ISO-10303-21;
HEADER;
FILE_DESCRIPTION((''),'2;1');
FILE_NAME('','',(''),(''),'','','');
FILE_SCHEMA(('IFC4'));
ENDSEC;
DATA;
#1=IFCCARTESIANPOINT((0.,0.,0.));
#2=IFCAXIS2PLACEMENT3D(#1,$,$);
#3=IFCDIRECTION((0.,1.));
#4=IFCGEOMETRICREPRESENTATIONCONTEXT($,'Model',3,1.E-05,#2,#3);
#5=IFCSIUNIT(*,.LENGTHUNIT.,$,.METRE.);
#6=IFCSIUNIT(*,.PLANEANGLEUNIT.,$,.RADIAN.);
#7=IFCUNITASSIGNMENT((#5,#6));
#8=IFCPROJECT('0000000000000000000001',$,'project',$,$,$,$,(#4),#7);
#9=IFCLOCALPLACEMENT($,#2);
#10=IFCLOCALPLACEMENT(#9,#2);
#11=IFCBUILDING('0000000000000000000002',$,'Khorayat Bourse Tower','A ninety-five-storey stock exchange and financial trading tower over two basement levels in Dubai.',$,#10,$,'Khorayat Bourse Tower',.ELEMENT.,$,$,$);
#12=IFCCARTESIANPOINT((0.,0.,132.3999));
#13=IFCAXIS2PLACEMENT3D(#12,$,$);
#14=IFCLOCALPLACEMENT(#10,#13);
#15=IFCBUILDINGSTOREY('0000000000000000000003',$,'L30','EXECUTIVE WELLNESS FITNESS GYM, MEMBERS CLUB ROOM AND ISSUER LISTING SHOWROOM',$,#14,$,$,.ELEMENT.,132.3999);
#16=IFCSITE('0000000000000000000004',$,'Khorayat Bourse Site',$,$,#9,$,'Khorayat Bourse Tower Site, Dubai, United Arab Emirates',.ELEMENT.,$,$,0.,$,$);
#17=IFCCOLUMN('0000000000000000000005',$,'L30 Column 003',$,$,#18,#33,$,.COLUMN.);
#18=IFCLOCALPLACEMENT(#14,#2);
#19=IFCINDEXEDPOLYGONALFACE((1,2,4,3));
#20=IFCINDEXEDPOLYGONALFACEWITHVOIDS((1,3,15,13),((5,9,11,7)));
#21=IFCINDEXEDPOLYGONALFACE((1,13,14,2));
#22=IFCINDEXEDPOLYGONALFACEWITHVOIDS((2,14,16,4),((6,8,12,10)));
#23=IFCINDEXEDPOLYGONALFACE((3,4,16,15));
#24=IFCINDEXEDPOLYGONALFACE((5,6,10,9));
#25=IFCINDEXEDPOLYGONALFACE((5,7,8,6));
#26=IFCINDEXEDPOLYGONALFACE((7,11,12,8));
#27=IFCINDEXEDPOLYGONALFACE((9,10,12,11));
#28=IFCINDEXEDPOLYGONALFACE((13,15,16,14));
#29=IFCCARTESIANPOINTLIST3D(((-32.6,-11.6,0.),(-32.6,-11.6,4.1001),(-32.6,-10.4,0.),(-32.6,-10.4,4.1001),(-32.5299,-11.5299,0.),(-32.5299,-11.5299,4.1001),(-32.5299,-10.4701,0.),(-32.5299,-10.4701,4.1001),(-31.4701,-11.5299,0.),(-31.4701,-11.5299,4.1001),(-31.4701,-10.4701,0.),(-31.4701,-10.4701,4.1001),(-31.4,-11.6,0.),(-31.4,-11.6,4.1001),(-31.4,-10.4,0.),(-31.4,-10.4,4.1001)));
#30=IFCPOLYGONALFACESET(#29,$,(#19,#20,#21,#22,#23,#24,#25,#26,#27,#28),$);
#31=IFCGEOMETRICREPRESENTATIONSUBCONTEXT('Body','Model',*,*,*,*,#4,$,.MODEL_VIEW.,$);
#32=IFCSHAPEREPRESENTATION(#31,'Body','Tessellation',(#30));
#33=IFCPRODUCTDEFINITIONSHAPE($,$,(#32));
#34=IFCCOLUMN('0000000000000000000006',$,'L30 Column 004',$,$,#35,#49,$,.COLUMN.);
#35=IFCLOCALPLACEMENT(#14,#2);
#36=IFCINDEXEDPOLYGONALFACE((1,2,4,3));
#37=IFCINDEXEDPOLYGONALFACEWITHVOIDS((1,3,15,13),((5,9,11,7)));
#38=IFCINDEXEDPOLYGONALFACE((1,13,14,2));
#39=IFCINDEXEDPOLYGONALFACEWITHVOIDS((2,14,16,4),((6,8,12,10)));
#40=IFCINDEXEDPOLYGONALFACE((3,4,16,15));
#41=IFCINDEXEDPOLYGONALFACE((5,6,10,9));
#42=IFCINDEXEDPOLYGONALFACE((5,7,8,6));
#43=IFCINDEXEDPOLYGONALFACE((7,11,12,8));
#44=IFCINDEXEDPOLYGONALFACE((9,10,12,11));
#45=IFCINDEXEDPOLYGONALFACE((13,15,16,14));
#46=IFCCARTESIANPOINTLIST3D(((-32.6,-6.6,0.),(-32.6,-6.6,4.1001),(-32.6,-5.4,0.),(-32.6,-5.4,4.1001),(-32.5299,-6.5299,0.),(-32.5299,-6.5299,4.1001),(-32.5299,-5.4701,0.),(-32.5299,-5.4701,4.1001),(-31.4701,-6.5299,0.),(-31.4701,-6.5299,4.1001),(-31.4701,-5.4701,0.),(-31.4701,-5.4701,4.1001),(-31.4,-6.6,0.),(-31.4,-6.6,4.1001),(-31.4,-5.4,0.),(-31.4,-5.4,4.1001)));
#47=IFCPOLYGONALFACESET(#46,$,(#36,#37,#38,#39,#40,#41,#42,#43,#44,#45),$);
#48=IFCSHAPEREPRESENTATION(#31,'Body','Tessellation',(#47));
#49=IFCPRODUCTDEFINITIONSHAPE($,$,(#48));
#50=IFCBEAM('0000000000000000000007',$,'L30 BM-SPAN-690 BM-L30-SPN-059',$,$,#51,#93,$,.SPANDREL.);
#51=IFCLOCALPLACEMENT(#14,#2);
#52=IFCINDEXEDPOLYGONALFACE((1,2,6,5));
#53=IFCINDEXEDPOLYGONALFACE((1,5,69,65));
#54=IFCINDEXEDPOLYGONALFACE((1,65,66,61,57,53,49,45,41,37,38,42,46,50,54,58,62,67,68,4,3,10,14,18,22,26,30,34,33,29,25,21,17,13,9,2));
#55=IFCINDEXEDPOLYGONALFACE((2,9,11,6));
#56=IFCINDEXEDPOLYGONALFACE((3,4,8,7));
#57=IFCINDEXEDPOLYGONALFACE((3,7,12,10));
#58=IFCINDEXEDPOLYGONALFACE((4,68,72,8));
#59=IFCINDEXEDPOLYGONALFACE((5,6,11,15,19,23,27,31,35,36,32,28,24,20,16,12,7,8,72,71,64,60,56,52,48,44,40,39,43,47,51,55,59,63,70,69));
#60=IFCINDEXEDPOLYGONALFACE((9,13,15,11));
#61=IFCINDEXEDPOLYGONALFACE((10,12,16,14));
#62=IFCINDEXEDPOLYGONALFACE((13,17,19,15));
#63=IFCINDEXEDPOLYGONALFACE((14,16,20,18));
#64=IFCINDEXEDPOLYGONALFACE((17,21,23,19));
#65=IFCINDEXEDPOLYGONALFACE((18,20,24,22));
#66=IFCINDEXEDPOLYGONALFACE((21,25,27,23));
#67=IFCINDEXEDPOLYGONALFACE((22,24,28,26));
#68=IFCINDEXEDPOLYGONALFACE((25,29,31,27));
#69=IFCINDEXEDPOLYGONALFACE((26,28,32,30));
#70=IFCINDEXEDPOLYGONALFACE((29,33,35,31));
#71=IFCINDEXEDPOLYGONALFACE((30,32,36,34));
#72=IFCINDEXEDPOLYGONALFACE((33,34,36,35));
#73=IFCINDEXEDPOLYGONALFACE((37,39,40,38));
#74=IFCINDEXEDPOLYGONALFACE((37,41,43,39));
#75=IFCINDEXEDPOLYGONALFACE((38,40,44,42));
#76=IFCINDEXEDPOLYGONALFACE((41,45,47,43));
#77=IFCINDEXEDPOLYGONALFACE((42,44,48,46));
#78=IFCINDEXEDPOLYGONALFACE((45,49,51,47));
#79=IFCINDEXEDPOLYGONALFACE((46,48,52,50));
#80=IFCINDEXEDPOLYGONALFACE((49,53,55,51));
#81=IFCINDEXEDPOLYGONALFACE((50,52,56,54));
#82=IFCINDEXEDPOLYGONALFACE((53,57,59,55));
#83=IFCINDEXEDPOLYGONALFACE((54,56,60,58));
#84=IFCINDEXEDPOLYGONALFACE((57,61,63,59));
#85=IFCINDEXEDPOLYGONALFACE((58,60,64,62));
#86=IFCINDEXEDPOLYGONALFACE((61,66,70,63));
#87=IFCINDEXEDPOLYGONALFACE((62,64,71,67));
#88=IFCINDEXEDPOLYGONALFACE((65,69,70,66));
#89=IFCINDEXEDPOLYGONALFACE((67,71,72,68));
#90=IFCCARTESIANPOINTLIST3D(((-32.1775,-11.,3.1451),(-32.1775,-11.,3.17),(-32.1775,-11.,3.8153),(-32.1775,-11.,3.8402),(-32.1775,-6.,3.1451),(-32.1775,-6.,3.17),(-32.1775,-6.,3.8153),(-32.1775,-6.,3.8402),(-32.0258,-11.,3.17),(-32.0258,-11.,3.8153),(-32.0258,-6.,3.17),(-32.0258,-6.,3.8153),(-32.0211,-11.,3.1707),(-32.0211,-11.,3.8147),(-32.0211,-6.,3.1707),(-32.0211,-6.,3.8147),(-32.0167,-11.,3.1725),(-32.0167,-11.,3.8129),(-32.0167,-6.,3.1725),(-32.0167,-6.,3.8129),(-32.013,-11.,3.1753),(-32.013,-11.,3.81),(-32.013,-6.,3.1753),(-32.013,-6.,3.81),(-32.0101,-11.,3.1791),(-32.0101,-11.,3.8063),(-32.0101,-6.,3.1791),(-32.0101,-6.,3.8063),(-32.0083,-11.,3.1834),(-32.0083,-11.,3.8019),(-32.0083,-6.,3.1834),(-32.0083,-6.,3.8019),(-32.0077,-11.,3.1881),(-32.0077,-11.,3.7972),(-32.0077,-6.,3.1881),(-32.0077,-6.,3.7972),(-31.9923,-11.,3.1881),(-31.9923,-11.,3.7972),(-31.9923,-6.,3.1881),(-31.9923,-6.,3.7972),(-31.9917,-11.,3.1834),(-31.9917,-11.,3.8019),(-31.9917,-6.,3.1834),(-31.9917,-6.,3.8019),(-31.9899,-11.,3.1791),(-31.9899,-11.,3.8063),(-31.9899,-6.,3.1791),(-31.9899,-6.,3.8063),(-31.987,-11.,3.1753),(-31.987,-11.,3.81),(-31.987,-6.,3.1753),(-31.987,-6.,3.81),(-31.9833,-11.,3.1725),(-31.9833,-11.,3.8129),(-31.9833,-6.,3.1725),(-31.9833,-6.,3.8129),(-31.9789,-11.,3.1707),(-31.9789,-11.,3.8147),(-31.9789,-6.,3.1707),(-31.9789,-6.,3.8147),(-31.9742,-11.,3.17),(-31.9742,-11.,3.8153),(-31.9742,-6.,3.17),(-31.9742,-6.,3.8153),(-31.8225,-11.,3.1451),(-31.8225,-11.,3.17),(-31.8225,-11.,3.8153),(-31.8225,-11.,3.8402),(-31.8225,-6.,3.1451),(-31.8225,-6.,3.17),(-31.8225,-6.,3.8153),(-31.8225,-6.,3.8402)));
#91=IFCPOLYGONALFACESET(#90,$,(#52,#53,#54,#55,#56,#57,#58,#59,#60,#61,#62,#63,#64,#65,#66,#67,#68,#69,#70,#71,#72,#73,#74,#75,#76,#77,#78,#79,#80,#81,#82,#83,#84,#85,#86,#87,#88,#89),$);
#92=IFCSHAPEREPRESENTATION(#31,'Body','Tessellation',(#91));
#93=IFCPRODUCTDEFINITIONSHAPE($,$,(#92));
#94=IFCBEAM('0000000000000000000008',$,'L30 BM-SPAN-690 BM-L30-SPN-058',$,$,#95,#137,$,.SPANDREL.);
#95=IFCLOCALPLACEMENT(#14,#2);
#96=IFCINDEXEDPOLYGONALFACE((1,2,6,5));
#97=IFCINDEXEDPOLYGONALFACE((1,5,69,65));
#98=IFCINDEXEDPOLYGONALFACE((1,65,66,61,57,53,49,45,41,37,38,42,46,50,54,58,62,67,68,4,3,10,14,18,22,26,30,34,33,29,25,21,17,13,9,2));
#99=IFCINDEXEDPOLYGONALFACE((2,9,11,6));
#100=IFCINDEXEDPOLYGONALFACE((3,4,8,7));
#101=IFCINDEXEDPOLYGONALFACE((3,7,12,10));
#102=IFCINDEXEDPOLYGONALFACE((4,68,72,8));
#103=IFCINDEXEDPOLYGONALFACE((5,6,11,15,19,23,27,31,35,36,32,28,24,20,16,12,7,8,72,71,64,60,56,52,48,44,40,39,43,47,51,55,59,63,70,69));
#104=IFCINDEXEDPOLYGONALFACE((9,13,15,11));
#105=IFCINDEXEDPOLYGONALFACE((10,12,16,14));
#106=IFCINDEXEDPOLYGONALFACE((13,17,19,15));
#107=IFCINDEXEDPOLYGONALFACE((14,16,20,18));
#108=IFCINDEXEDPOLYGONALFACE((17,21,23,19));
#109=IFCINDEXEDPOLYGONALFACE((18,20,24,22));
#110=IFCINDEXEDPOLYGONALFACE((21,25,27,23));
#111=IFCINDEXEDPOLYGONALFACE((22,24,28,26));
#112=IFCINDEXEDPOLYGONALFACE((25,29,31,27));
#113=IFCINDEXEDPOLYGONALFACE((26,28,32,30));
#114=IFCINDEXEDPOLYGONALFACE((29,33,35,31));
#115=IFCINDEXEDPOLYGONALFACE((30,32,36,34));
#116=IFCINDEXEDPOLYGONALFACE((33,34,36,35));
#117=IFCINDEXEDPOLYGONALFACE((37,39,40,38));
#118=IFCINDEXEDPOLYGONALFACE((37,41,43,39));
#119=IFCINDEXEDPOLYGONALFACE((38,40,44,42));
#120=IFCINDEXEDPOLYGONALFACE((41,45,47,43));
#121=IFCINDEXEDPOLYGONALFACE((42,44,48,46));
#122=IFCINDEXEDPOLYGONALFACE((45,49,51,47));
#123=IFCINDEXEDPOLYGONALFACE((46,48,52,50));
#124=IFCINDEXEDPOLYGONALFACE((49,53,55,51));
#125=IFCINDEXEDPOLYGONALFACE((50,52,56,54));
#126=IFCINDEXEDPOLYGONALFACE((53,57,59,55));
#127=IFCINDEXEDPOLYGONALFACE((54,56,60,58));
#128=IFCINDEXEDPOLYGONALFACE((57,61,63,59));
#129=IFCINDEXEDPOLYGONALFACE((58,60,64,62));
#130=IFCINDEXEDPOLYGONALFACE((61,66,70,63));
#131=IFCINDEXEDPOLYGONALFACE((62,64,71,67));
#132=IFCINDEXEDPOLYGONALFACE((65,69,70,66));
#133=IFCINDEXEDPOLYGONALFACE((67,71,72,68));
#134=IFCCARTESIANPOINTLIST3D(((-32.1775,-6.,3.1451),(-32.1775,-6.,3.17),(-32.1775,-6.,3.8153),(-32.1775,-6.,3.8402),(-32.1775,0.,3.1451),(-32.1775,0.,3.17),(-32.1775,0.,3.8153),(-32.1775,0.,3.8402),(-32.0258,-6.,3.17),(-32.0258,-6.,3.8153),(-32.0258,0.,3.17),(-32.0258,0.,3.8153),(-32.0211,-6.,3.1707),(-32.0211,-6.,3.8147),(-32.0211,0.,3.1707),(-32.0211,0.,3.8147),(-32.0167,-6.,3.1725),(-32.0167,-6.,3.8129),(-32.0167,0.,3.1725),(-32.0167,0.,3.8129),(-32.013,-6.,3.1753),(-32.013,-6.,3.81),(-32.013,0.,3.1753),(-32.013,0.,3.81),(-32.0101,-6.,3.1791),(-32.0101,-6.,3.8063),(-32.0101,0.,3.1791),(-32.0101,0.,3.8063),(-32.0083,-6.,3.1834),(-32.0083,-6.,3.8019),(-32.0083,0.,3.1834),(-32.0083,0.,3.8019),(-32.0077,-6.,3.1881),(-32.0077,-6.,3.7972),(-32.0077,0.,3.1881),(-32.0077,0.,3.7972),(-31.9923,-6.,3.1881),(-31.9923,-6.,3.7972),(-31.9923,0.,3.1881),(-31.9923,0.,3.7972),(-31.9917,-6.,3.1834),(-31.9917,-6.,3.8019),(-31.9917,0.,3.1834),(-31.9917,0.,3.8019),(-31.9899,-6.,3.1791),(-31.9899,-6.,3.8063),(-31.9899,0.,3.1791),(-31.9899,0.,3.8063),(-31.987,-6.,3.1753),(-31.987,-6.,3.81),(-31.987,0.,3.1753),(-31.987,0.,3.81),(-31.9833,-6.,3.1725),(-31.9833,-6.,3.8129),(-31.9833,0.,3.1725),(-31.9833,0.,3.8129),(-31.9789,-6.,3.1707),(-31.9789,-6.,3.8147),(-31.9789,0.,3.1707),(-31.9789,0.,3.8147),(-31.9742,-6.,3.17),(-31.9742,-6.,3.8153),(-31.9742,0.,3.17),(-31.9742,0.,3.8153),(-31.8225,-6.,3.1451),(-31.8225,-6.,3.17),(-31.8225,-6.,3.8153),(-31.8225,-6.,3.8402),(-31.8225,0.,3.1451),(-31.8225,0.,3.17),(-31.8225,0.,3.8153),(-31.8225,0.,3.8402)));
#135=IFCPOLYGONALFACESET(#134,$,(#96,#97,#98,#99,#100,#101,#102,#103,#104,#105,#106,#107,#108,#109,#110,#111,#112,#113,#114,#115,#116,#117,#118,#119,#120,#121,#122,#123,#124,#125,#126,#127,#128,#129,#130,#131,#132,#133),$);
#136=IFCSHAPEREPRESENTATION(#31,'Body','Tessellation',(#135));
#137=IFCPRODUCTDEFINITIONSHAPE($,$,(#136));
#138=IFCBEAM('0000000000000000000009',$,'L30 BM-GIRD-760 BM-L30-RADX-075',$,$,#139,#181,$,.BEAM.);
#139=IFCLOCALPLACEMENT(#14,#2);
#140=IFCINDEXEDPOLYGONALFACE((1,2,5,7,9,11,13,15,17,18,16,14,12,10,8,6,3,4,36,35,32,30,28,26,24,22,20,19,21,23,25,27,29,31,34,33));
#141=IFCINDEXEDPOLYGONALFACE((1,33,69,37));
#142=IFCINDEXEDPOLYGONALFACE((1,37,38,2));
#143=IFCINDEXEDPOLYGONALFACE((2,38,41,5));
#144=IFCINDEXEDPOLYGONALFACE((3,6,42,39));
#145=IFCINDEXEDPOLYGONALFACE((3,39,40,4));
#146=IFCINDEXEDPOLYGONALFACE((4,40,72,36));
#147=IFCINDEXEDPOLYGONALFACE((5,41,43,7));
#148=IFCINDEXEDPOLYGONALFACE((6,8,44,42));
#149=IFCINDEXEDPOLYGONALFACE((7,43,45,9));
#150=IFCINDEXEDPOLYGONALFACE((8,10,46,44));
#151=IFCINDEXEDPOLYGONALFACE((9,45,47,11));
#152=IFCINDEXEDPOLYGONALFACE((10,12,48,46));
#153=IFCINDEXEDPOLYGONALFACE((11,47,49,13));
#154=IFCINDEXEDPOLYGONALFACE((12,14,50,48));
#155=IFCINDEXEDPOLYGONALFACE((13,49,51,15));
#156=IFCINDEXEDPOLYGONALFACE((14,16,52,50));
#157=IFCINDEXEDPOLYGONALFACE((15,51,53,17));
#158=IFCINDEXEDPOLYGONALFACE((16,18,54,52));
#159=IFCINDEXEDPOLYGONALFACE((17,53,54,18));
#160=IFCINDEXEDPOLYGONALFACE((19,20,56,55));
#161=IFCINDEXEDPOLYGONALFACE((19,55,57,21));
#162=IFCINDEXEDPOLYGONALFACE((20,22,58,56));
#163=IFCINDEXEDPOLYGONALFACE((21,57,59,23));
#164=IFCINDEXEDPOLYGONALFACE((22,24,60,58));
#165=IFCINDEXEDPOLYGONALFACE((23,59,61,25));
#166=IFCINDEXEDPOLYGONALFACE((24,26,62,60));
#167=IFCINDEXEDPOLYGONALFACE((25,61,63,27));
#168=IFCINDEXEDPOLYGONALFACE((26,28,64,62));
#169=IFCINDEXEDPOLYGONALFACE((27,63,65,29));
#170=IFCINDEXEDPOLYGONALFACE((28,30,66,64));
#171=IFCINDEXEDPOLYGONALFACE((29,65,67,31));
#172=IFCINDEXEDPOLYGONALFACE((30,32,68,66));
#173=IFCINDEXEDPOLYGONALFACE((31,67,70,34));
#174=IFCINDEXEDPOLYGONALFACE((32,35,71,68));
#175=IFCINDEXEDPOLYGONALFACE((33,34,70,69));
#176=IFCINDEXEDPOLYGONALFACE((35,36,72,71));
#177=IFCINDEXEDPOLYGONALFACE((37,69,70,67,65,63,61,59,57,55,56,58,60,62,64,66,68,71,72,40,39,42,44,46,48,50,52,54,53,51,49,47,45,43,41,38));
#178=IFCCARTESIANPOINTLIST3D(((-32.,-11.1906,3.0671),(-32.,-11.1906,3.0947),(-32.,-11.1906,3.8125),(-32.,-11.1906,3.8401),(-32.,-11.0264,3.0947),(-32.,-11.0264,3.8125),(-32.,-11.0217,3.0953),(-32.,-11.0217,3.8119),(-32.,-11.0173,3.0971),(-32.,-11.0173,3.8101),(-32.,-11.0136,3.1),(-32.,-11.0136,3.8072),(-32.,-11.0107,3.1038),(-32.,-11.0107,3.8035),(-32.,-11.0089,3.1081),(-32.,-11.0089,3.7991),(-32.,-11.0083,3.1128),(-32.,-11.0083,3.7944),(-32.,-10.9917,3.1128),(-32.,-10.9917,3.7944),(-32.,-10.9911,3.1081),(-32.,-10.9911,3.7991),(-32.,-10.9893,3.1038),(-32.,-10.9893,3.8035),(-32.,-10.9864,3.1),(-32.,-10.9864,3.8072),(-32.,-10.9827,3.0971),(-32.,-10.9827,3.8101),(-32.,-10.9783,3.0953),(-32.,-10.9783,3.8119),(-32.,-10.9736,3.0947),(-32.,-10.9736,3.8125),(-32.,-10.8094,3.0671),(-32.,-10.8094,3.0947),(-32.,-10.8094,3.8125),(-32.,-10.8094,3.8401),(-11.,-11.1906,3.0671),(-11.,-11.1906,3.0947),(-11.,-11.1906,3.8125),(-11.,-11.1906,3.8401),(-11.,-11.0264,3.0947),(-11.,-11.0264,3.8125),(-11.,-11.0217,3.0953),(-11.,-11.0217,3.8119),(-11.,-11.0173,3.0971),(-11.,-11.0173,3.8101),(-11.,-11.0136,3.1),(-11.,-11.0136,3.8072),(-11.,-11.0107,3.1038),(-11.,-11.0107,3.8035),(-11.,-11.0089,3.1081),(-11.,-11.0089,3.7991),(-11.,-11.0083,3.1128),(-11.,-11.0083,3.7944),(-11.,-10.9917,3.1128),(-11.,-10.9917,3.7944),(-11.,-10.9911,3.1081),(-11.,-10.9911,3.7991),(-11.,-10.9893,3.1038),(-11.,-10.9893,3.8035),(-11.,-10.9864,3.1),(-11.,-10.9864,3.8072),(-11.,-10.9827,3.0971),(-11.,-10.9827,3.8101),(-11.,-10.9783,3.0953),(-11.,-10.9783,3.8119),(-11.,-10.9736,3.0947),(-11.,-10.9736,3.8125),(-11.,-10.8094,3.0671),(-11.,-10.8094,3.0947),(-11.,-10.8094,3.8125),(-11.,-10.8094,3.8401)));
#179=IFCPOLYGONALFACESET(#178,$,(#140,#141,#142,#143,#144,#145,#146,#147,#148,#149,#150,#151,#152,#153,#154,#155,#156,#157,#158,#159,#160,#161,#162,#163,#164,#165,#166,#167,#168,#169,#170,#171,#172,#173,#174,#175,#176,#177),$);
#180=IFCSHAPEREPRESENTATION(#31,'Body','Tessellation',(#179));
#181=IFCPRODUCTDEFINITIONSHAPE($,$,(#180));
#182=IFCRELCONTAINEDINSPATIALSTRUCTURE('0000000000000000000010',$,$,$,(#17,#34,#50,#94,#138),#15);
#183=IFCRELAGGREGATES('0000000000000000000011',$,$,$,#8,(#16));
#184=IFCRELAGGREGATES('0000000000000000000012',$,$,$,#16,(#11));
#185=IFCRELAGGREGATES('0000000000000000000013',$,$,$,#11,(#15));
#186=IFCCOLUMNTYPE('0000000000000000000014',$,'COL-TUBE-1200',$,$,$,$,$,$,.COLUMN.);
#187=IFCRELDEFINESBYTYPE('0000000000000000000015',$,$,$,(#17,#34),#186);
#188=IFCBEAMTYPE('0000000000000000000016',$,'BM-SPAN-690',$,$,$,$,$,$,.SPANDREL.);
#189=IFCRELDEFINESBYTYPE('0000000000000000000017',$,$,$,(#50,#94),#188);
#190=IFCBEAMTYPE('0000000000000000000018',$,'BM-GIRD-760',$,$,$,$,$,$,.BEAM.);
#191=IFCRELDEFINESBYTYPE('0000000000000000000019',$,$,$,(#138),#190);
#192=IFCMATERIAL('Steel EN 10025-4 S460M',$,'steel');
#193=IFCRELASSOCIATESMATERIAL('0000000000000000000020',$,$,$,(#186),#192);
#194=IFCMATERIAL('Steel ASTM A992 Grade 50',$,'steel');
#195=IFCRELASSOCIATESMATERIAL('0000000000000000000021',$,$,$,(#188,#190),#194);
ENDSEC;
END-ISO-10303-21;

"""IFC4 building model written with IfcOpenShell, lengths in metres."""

from ifc_helpers import new_model, si_unit, direction, frame, origin, origin_2d, place, context, subcontext, project, spatial, hollow_rectangle, i_section, extrude, source, transform, mapped, material, material_profile, profile_set, type_object, element, save


model = new_model("IFC4")

# Units and contexts
model_context = context("Model", 3, precision=1e-05, world=origin(), true_north=direction((0.0, 1.0)))
body_context = subcontext(model_context, "Body", "Model", "MODEL_VIEW")
ifc_project = project(units=[si_unit("LENGTHUNIT", "METRE"), si_unit("PLANEANGLEUNIT", "RADIAN")], contexts=[model_context])

# Site, building, storey
site_placement = place(None, origin())
site = spatial("IfcSite", under=ifc_project, at=site_placement, Name="Khorayat Bourse Site", LongName="Khorayat Bourse Tower Site, Dubai, United Arab Emirates", CompositionType="ELEMENT", RefElevation=0.0)
building_placement = place(site_placement, origin())
building = spatial("IfcBuilding", under=site, at=building_placement, Name="Khorayat Bourse Tower", Description="A ninety-five-storey stock exchange and financial trading tower over two basement levels in Dubai.", LongName="Khorayat Bourse Tower", CompositionType="ELEMENT")
storey_placement = place(building_placement, frame((0.0, 0.0, 132.3999)))
storey = spatial("IfcBuildingStorey", under=building, at=storey_placement, Name="L30", Description="EXECUTIVE WELLNESS FITNESS GYM, MEMBERS CLUB ROOM AND ISSUER LISTING SHOWROOM", CompositionType="ELEMENT", Elevation=132.3999)

# Columns
ifc_material_1 = material(Name="Steel EN 10025-4 S460M", Category="steel")
ifc_material_profile_1 = material_profile(ifc_material_1, hollow_rectangle(XDim=1.2, YDim=1.2, WallThickness=0.0701, at=origin_2d()), Name="BOX 1200x1200x70")
ifc_profile_set_1 = profile_set([ifc_material_profile_1], Name="Steel EN 10025-4 S460M")
column_type = type_object("IfcColumnType", Name="COL-TUBE-1200", PredefinedType="COLUMN", material=ifc_profile_set_1)
shared_shape_1 = source(origin(), body_context, "Body", "SweptSolid", [
    extrude(hollow_rectangle(XDim=1.2, YDim=1.2, WallThickness=0.0701, at=origin_2d()), origin(), (0.0, 0.0, 1.0), 4.1001),
])
for number, where, z_axis, x_axis, name in (
    (1, (-32.0, -11.0, 0.0), (0.0, 0.0, 1.0), (1.0, 0.0, 0.0), "L30 Column 003"),
    (2, (-32.0, -6.0, 0.0), (0.0, 0.0, 1.0), (1.0, 0.0, 0.0), "L30 Column 004"),
):
    element("IfcColumn", number, at=place(storey_placement, frame(where, z_axis=z_axis, x_axis=x_axis)), inside=storey, type_object=column_type, Name=name, PredefinedType="COLUMN", context=body_context, shape_type="MappedRepresentation", body=[
        mapped(shared_shape_1, transform((0.0, 0.0, 0.0), scale=1.0)),
    ])

# Beams
ifc_material_2 = material(Name="Steel ASTM A992 Grade 50", Category="steel")
ifc_material_profile_2 = material_profile(ifc_material_2, i_section(OverallWidth=0.355, OverallDepth=0.6951, WebThickness=0.0154, FlangeThickness=0.0249, FilletRadius=0.0181, at=origin_2d()), Name="W690X217")
ifc_profile_set_2 = profile_set([ifc_material_profile_2], Name="Steel ASTM A992 Grade 50")
beam_type_1 = type_object("IfcBeamType", Name="BM-SPAN-690", PredefinedType="SPANDREL", material=ifc_profile_set_2)
shared_shape_2 = source(origin(), body_context, "Body", "SweptSolid", [
    extrude(i_section(OverallWidth=0.355, OverallDepth=0.6951, WebThickness=0.0154, FlangeThickness=0.0249, FilletRadius=0.0181, at=origin_2d()), origin(), (0.0, 0.0, 1.0), 5.0),
])
beam_1_placement = place(storey_placement, frame((-32.0, -11.0, 3.4927), z_axis=(0.0, 1.0, 0.0), x_axis=(-1.0, 0.0, 0.0)))
element("IfcBeam", 3, at=beam_1_placement, inside=storey, type_object=beam_type_1, Name="L30 BM-SPAN-690 BM-L30-SPN-059", PredefinedType="SPANDREL", context=body_context, shape_type="MappedRepresentation", body=[
    mapped(shared_shape_2, transform((0.0, 0.0, 0.0), scale=1.0)),
])
shared_shape_3 = source(origin(), body_context, "Body", "SweptSolid", [
    extrude(i_section(OverallWidth=0.355, OverallDepth=0.6951, WebThickness=0.0154, FlangeThickness=0.0249, FilletRadius=0.0181, at=origin_2d()), origin(), (0.0, 0.0, 1.0), 6.0),
])
beam_2_placement = place(storey_placement, frame((-32.0, -6.0, 3.4927), z_axis=(0.0, 1.0, 0.0), x_axis=(-1.0, 0.0, 0.0)))
element("IfcBeam", 4, at=beam_2_placement, inside=storey, type_object=beam_type_1, Name="L30 BM-SPAN-690 BM-L30-SPN-058", PredefinedType="SPANDREL", context=body_context, shape_type="MappedRepresentation", body=[
    mapped(shared_shape_3, transform((0.0, 0.0, 0.0), scale=1.0)),
])
ifc_material_profile_3 = material_profile(ifc_material_2, i_section(OverallWidth=0.3811, OverallDepth=0.7729, WebThickness=0.0166, FlangeThickness=0.0276, FilletRadius=0.0181, at=origin_2d()), Name="W760X257")
ifc_profile_set_3 = profile_set([ifc_material_profile_3], Name="Steel ASTM A992 Grade 50")
beam_type_2 = type_object("IfcBeamType", Name="BM-GIRD-760", PredefinedType="BEAM", material=ifc_profile_set_3)
shared_shape_4 = source(origin(), body_context, "Body", "SweptSolid", [
    extrude(i_section(OverallWidth=0.3811, OverallDepth=0.7729, WebThickness=0.0166, FlangeThickness=0.0276, FilletRadius=0.0181, at=origin_2d()), origin(), (0.0, 0.0, 1.0), 21.0),
])
for number, where, z_axis, x_axis, name in (
    (5, (-32.0, -11.0, 3.4536), (1.0, 0.0, 0.0), (0.0, 1.0, 0.0), "L30 BM-GIRD-760 BM-L30-RADX-075"),
):
    element("IfcBeam", number, at=place(storey_placement, frame(where, z_axis=z_axis, x_axis=x_axis)), inside=storey, type_object=beam_type_2, Name=name, PredefinedType="BEAM", context=body_context, shape_type="MappedRepresentation", body=[
        mapped(shared_shape_4, transform((0.0, 0.0, 0.0), scale=1.0)),
    ])

save(model, "model.ifc")
